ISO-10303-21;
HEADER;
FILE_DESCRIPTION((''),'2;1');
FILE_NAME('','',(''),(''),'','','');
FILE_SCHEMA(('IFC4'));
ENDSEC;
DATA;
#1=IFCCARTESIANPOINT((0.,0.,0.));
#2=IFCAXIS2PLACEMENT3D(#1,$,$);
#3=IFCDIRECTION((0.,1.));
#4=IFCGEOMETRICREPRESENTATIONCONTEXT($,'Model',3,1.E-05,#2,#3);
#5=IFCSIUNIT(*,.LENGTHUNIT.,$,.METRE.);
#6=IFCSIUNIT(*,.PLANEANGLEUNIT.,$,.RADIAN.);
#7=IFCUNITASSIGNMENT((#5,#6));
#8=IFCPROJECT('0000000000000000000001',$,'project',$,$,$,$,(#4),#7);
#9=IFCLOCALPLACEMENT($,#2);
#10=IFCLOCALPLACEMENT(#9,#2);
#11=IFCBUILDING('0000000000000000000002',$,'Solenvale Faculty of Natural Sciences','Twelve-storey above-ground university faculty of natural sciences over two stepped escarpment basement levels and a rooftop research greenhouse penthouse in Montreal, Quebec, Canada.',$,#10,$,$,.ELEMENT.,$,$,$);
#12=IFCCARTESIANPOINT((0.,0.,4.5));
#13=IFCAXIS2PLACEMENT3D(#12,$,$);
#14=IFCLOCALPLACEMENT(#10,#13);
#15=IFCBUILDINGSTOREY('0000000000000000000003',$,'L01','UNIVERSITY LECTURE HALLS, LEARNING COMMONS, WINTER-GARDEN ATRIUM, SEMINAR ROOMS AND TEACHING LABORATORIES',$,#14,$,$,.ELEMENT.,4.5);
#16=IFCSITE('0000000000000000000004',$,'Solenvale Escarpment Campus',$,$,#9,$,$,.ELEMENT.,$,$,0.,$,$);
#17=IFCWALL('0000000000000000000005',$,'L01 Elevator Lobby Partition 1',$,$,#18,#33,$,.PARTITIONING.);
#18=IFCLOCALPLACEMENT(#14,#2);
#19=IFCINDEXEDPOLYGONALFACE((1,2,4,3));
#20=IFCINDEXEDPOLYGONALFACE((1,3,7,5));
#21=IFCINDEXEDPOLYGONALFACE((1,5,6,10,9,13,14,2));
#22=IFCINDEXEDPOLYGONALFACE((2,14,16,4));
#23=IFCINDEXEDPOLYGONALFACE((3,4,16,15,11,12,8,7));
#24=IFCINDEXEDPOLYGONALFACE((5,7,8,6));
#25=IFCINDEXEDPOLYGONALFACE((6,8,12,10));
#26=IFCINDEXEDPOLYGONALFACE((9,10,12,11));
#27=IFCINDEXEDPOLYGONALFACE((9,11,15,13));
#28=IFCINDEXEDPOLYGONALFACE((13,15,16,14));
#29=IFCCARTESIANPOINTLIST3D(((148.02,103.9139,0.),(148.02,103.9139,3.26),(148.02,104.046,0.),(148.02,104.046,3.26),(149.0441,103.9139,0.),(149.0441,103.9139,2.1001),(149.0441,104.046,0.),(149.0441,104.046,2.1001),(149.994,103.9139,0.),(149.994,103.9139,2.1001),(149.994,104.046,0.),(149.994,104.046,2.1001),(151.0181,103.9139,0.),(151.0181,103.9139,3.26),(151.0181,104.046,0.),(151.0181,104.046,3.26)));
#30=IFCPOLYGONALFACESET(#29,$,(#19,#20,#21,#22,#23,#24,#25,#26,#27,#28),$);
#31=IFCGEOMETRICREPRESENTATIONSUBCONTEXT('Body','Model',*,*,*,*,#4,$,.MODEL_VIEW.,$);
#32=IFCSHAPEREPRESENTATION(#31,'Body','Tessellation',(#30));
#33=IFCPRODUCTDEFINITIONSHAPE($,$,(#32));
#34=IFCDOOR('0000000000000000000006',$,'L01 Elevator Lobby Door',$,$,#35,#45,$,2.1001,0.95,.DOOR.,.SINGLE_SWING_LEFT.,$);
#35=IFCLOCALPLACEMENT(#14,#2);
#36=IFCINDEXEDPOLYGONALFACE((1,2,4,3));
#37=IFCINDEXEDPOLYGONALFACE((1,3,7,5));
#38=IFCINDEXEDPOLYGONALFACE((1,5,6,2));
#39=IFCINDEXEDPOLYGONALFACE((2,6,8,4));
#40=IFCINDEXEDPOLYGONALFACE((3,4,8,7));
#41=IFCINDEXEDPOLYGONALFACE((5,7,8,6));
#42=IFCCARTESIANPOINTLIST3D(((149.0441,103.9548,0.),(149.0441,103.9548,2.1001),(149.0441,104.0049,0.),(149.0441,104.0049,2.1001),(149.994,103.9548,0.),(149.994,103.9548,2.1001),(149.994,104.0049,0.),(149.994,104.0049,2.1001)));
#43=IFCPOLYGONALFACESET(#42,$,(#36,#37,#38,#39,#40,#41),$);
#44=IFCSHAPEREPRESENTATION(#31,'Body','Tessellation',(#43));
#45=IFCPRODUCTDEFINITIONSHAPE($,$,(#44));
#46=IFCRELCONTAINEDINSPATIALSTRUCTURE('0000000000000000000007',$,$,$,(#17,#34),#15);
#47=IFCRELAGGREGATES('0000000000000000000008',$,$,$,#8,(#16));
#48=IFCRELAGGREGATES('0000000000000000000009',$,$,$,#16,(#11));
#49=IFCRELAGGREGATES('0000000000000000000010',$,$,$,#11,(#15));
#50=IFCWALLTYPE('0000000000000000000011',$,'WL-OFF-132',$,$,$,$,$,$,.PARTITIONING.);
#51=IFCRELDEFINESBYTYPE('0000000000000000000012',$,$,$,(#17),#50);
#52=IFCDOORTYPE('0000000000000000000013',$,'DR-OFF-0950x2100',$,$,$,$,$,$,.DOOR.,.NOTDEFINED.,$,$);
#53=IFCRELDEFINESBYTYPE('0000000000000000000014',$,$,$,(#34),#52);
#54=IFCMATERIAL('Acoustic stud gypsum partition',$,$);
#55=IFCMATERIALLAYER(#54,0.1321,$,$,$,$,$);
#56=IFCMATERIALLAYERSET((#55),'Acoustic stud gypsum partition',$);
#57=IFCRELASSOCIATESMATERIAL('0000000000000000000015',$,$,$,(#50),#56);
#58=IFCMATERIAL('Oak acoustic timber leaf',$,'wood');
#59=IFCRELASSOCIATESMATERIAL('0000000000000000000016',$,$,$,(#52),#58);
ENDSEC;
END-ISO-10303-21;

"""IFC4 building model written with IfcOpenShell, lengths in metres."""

from ifc_helpers import new_model, si_unit, direction, frame, frame_2d, origin, place, context, subcontext, project, spatial, rectangle, extrude, material, layer, layer_set, type_object, element, fill, save


model = new_model("IFC4")

# Units and contexts
model_context = context("Model", 3, precision=1e-05, world=origin(), true_north=direction((0.0, 1.0)))
body_context = subcontext(model_context, "Body", "Model", "MODEL_VIEW")
ifc_project = project(units=[si_unit("LENGTHUNIT", "METRE"), si_unit("PLANEANGLEUNIT", "RADIAN")], contexts=[model_context])

# Site, building, storey
site_placement = place(None, origin())
site = spatial("IfcSite", under=ifc_project, at=site_placement, Name="Solenvale Escarpment Campus", CompositionType="ELEMENT", RefElevation=0.0)
building_placement = place(site_placement, origin())
building = spatial("IfcBuilding", under=site, at=building_placement, Name="Solenvale Faculty of Natural Sciences", Description="Twelve-storey above-ground university faculty of natural sciences over two stepped escarpment basement levels and a rooftop research greenhouse penthouse in Montreal, Quebec, Canada.", CompositionType="ELEMENT")
storey_placement = place(building_placement, frame((0.0, 0.0, 4.5)))
storey = spatial("IfcBuildingStorey", under=building, at=storey_placement, Name="L01", Description="UNIVERSITY LECTURE HALLS, LEARNING COMMONS, WINTER-GARDEN ATRIUM, SEMINAR ROOMS AND TEACHING LABORATORIES", CompositionType="ELEMENT", Elevation=4.5)

# Wall, opening, door
ifc_material_1 = material(Name="Oak acoustic timber leaf", Category="wood")
ifc_material_2 = material(Name="Acoustic stud gypsum partition")
ifc_layer_1 = layer(ifc_material_2, 0.1321)
ifc_layer_set_1 = layer_set([ifc_layer_1], Name="Acoustic stud gypsum partition")
wall_type_1 = type_object("IfcWallType", Name="WL-OFF-132", PredefinedType="PARTITIONING", material=ifc_layer_set_1)
wall_1_placement = place(storey_placement, frame((148.02, 103.98, 0.0), z_axis=(0.0, 0.0, 1.0), x_axis=(1.0, 0.0, 0.0)))
wall_1 = element("IfcWall", 1, at=wall_1_placement, inside=storey, type_object=wall_type_1, Name="L01 Elevator Lobby Partition 1", PredefinedType="PARTITIONING", context=body_context, shape_type="SweptSolid", body=[
    extrude(rectangle(XDim=2.998, YDim=0.1321, at=frame_2d((1.499, 0.0))), origin(), (0.0, 0.0, 1.0), 3.26),
])
opening_1_placement = place(wall_1_placement, frame((1.0239, 0.0, 0.0)))
opening_1 = element("IfcOpeningElement", 2, at=opening_1_placement, cuts=wall_1, PredefinedType="OPENING", context=body_context, shape_type="SweptSolid", body=[
    extrude(rectangle(XDim=0.95, YDim=2.1001, at=frame_2d((0.4751, 1.05))), frame((0.0, 0.0759, 0.0), z_axis=(0.0, -1.0, 0.0), x_axis=(1.0, 0.0, 0.0)), (0.0, 0.0, 1.0), 0.1521),
])
door_type_1 = type_object("IfcDoorType", Name="DR-OFF-0950x2100", OperationType="NOTDEFINED", PredefinedType="DOOR", material=ifc_material_1)
door_1_placement = place(opening_1_placement, origin())
door_1 = element("IfcDoor", 3, at=door_1_placement, inside=storey, type_object=door_type_1, Name="L01 Elevator Lobby Door", OperationType="SINGLE_SWING_LEFT", OverallHeight=2.1001, OverallWidth=0.95, PredefinedType="DOOR", context=body_context, shape_type="SweptSolid", body=[
    extrude(rectangle(XDim=0.95, YDim=2.1001, at=frame_2d((0.4751, 1.05))), frame((0.0, 0.0249, 0.0), z_axis=(0.0, -1.0, 0.0), x_axis=(1.0, 0.0, 0.0)), (0.0, 0.0, 1.0), 0.05),
])
fill(opening_1, door_1)

save(model, "model.ifc")
